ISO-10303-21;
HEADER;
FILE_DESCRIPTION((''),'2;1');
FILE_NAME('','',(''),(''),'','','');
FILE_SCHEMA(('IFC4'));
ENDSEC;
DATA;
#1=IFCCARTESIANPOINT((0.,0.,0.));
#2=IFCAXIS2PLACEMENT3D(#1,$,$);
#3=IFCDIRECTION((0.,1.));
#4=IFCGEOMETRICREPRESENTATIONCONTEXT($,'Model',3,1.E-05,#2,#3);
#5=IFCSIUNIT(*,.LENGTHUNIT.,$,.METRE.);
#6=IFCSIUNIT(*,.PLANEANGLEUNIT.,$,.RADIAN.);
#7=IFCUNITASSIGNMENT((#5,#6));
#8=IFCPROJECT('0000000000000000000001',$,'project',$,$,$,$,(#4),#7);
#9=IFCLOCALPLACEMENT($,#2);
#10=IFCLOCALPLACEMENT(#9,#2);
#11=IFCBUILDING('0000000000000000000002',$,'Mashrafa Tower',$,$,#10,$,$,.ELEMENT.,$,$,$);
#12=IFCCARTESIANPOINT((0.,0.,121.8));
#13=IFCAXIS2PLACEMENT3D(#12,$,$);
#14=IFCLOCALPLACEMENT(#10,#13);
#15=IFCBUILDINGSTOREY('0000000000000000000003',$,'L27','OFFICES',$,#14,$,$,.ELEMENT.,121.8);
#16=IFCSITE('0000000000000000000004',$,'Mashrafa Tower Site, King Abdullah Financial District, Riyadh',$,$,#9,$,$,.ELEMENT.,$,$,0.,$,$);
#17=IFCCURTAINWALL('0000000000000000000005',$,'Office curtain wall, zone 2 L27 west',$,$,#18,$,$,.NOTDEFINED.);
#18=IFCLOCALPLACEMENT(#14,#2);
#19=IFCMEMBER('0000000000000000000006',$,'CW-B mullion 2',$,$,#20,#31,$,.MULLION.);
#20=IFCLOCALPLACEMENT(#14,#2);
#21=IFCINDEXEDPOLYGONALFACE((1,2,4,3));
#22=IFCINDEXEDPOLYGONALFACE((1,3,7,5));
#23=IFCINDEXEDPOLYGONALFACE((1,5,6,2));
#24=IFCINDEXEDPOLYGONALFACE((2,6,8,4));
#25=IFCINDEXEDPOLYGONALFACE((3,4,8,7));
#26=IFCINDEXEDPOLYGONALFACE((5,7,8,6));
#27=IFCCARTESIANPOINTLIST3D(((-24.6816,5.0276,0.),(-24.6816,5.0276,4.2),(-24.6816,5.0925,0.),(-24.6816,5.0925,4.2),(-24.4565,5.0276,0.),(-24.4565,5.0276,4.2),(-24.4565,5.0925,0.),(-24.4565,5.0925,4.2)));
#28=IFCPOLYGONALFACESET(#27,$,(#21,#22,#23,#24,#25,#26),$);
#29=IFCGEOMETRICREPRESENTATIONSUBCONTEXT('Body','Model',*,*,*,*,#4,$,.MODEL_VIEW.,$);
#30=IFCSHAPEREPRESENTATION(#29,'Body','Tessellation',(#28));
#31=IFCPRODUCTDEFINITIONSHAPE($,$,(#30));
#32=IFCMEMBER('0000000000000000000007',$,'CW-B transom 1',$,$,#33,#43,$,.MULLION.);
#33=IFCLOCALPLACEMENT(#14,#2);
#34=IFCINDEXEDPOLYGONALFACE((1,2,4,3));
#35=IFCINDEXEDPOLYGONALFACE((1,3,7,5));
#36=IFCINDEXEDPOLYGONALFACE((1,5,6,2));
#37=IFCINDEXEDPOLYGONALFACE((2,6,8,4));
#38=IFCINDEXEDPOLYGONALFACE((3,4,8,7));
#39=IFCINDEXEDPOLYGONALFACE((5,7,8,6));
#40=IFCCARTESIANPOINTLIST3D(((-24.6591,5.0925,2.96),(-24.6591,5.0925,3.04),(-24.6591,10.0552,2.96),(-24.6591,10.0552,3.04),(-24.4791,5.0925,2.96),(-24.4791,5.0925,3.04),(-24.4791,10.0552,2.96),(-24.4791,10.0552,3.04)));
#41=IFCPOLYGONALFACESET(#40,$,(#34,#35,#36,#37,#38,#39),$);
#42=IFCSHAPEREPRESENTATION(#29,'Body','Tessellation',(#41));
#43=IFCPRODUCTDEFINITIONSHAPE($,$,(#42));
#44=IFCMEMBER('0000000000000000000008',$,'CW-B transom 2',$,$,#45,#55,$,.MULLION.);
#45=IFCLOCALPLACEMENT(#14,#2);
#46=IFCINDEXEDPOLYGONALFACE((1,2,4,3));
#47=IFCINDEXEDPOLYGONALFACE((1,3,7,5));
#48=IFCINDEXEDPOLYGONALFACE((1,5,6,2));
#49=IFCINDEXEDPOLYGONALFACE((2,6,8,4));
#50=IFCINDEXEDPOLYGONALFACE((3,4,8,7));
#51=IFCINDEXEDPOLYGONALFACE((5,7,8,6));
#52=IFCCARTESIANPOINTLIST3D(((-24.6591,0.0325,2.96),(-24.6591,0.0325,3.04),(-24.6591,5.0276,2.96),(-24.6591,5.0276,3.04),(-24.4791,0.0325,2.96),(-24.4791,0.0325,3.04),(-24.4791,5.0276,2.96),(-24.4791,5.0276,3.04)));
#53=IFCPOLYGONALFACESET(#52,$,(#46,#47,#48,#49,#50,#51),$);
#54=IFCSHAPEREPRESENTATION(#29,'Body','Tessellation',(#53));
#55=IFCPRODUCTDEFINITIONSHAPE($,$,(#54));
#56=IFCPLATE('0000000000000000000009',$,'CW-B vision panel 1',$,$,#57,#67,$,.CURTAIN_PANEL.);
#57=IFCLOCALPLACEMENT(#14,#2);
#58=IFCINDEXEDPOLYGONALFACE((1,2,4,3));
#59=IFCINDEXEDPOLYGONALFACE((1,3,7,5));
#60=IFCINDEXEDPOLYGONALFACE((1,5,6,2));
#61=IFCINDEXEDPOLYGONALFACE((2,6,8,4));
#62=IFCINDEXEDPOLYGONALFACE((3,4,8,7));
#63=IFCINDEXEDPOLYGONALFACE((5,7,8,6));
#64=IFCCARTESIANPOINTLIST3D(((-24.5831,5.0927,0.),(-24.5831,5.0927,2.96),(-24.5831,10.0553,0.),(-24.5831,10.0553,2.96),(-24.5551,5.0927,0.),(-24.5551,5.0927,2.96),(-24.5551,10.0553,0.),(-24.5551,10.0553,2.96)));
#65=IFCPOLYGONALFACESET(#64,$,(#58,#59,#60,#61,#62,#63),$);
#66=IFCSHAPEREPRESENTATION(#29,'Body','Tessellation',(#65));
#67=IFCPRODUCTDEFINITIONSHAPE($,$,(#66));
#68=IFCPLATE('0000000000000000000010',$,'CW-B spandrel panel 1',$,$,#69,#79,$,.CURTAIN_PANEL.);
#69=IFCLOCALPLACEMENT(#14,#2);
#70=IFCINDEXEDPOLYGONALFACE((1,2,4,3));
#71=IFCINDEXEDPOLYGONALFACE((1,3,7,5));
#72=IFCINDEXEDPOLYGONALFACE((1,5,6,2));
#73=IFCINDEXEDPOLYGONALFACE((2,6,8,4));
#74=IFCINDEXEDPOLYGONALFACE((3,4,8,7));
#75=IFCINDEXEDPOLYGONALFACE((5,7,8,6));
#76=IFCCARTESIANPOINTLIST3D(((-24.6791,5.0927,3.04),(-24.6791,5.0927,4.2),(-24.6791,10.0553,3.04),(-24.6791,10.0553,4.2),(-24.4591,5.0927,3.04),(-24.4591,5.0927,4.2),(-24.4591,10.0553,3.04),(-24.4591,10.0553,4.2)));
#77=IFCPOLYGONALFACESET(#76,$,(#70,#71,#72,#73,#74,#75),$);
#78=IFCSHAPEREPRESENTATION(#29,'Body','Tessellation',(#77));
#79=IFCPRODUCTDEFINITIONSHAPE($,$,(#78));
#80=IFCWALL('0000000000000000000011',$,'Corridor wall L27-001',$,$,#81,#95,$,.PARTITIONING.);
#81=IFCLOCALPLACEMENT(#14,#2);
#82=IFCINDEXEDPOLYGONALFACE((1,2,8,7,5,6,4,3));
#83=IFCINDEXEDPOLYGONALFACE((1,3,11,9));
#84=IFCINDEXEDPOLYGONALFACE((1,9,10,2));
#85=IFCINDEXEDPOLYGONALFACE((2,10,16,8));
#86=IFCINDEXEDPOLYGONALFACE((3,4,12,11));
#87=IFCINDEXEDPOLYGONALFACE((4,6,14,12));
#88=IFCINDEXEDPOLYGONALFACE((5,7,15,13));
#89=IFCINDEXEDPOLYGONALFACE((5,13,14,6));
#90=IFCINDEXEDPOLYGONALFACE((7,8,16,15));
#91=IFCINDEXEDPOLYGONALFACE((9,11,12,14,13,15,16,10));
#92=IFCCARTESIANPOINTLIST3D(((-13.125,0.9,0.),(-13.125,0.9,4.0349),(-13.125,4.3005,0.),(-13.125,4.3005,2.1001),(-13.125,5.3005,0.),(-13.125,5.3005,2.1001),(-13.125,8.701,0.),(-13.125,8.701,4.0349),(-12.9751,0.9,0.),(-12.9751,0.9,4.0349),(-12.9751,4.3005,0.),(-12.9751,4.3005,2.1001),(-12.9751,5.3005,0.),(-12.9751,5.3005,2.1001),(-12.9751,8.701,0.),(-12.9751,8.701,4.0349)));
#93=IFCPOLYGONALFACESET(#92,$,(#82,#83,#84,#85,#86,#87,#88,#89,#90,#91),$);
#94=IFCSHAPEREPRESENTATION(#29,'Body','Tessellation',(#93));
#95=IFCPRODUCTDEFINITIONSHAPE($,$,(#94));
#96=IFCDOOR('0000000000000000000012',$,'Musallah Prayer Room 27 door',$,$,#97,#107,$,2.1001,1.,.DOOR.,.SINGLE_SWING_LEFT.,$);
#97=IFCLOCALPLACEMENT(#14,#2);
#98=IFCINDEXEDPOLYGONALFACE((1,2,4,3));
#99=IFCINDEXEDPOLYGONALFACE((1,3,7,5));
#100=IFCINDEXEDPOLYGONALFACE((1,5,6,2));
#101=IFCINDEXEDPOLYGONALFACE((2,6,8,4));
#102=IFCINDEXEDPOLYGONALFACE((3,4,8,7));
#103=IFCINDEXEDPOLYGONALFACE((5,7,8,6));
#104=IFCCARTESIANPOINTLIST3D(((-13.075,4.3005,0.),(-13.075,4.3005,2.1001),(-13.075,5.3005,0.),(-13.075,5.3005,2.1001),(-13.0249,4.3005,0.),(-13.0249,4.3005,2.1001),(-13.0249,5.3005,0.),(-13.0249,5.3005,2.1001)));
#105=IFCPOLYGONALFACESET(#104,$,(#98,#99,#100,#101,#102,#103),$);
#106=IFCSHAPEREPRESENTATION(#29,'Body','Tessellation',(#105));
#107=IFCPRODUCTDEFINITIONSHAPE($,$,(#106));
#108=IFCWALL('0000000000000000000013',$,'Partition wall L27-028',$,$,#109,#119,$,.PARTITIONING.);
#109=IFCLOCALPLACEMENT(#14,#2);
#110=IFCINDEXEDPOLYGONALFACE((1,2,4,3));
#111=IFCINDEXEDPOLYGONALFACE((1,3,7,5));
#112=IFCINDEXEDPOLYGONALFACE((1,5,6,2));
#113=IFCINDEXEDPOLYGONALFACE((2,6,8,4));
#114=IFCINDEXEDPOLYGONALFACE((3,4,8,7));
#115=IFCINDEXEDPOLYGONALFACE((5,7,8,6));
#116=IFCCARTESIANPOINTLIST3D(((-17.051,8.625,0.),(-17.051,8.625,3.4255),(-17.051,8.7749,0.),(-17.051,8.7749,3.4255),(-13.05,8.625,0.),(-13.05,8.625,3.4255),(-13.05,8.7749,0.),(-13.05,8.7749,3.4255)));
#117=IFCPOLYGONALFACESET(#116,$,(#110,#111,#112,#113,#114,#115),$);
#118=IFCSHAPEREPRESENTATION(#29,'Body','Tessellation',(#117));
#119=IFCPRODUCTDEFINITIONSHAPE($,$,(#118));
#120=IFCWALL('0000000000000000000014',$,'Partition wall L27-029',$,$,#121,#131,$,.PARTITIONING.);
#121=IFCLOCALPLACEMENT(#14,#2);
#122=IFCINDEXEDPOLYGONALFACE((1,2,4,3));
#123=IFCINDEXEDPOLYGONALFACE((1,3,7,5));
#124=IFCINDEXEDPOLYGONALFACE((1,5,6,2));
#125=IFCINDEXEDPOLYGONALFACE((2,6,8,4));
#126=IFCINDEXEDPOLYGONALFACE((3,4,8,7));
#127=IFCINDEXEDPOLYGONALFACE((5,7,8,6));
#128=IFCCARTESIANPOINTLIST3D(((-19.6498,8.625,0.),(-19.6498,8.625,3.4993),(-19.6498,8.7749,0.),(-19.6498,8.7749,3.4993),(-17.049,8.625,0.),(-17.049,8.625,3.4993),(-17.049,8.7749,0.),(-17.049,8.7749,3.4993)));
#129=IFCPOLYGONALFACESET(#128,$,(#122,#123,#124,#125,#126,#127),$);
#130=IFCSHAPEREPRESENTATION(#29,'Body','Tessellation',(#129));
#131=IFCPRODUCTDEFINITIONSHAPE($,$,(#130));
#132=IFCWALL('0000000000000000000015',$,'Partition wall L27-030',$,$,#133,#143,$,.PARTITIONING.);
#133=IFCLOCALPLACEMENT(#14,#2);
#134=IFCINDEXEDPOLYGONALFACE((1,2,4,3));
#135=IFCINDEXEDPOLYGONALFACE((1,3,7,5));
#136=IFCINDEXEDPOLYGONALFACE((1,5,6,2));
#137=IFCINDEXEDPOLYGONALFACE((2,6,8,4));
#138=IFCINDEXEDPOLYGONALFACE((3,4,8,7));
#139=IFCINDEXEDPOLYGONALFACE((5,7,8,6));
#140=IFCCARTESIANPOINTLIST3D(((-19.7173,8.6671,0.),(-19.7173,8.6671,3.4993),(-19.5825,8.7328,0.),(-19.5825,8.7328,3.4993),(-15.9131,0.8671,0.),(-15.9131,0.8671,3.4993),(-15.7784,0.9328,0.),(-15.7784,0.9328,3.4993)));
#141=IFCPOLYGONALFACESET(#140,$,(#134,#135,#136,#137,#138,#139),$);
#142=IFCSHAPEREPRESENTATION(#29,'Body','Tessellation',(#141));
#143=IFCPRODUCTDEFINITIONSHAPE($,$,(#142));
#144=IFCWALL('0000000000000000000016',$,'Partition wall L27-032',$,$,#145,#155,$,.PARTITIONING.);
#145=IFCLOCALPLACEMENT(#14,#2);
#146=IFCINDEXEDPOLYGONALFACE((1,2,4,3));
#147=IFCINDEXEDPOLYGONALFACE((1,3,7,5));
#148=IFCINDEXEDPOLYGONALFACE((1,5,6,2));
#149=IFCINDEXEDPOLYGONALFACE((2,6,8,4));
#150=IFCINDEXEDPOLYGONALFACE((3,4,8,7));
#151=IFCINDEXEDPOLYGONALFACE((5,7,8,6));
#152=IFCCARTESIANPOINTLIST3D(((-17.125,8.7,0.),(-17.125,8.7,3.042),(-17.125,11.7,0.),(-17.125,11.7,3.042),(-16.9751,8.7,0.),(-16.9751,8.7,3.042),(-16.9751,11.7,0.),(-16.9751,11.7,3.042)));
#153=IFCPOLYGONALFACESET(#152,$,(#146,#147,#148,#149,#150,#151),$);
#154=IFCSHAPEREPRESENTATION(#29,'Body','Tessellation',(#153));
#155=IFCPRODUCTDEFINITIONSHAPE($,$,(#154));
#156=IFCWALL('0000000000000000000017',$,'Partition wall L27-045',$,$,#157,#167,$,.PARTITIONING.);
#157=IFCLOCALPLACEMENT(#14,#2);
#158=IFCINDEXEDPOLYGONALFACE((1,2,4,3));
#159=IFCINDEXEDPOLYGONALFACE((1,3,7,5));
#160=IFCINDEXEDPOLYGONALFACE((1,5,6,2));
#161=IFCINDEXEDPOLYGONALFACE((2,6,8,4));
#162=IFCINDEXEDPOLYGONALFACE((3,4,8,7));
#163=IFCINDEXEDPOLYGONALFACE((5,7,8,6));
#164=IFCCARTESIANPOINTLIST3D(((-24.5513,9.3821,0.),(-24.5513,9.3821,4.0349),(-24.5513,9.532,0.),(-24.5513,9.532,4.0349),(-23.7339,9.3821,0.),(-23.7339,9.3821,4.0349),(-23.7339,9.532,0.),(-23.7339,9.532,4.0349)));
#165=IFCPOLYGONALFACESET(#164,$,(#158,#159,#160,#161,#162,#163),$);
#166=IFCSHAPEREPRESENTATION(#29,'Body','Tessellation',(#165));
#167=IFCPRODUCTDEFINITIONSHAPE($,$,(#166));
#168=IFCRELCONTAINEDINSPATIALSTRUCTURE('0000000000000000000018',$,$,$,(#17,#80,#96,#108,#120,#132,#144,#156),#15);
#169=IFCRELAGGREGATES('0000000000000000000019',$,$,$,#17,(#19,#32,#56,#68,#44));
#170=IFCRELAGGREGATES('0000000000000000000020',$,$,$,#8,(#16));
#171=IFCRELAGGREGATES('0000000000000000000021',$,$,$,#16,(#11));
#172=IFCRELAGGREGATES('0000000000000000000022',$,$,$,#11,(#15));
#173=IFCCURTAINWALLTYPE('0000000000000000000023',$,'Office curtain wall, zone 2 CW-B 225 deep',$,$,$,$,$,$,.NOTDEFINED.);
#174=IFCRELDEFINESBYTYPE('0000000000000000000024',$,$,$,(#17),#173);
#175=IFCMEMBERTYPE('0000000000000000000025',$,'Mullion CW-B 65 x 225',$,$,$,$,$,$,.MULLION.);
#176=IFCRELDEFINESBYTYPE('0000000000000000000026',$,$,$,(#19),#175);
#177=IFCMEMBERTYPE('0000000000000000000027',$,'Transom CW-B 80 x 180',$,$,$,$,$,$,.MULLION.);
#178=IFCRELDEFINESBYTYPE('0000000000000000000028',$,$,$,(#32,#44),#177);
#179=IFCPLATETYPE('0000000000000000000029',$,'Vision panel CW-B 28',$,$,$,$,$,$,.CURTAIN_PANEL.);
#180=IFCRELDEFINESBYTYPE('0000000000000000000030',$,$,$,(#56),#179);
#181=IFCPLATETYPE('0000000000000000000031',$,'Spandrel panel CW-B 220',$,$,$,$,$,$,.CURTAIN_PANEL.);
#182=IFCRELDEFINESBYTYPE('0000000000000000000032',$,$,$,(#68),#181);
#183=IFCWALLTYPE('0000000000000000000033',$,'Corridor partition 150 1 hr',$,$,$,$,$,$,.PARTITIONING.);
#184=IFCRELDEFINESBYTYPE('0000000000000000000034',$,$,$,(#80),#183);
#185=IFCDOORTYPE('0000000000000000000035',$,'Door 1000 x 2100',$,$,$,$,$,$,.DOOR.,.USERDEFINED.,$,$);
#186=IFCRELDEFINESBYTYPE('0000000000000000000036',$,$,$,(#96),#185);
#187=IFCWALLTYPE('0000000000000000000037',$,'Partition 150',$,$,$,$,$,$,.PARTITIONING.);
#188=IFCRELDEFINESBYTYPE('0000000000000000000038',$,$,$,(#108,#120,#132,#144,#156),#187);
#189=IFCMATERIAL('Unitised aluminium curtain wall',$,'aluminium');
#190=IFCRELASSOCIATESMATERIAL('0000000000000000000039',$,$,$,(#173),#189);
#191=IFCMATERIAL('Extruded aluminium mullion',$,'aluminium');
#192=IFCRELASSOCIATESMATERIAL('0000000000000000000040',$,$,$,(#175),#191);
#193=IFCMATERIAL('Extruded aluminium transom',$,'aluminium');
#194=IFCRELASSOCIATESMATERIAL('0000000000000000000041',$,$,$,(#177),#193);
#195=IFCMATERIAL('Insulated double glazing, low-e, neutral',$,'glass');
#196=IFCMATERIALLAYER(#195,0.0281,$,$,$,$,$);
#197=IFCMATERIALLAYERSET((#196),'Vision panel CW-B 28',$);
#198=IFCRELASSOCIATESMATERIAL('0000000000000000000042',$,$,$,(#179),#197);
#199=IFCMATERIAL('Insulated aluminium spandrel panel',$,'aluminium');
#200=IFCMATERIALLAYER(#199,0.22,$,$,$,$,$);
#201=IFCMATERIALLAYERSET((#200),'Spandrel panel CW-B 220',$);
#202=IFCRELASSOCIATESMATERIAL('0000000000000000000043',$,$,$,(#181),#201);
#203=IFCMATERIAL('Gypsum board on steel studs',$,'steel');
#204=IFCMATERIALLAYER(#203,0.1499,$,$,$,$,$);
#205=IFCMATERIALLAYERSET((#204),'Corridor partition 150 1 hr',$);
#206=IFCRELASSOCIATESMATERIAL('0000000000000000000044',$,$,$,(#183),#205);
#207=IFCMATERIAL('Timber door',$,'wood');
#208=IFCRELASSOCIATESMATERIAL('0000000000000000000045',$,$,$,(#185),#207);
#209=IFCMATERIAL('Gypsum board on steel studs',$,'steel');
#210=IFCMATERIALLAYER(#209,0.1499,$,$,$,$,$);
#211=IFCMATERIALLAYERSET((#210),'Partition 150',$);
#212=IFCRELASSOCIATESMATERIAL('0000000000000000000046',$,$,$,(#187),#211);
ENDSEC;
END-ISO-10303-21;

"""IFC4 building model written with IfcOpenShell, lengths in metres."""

from ifc_helpers import new_model, si_unit, direction, frame, frame_2d, origin, origin_2d, place, context, subcontext, project, spatial, rectangle, extrude, source, transform, mapped, material, layer, layer_set, material_profile, profile_set, type_object, type_shapes, element, fill, aggregate, save


model = new_model("IFC4")

# Units and contexts
model_context = context("Model", 3, precision=1e-05, world=origin(), true_north=direction((0.0, 1.0)))
body_context = subcontext(model_context, "Body", "Model", "MODEL_VIEW")
ifc_project = project(units=[si_unit("LENGTHUNIT", "METRE"), si_unit("PLANEANGLEUNIT", "RADIAN")], contexts=[model_context])

# Site, building, storey
site_placement = place(None, origin())
site = spatial("IfcSite", under=ifc_project, at=site_placement, Name="Mashrafa Tower Site, King Abdullah Financial District, Riyadh", CompositionType="ELEMENT", RefElevation=0.0)
building_placement = place(site_placement, origin())
building = spatial("IfcBuilding", under=site, at=building_placement, Name="Mashrafa Tower", CompositionType="ELEMENT")
storey_placement = place(building_placement, frame((0.0, 0.0, 121.8)))
storey = spatial("IfcBuildingStorey", under=building, at=storey_placement, Name="L27", Description="OFFICES", CompositionType="ELEMENT", Elevation=121.8)

# Shared definitions
ifc_material_1 = material(Name="Unitised aluminium curtain wall", Category="aluminium")
curtain_wall_type = type_object("IfcCurtainWallType", Name="Office curtain wall, zone 2 CW-B 225 deep", PredefinedType="NOTDEFINED", material=ifc_material_1)
ifc_material_2 = material(Name="Extruded aluminium mullion", Category="aluminium")
ifc_material_profile_1 = material_profile(ifc_material_2, rectangle(XDim=0.2251, YDim=0.0649, at=origin_2d()), Name="Mullion 65x225")
ifc_profile_set_1 = profile_set([ifc_material_profile_1], Name="Extruded aluminium mullion")
member_type_1 = type_object("IfcMemberType", Name="Mullion CW-B 65 x 225", PredefinedType="MULLION", material=ifc_profile_set_1)
shared_shape_1 = source(origin(), body_context, "Body", "SweptSolid", [
    extrude(rectangle(XDim=0.2251, YDim=0.0649, at=origin_2d()), origin(), (0.0, 0.0, 1.0), 4.2),
])
type_shapes(member_type_1, [shared_shape_1])

# Curtain wall, members, plates
curtain_wall_1_placement = place(storey_placement, origin())
curtain_wall_1 = element("IfcCurtainWall", 1, at=curtain_wall_1_placement, inside=storey, type_object=curtain_wall_type, Name="Office curtain wall, zone 2 L27 west", PredefinedType="NOTDEFINED")
member_1_placement = place(storey_placement, frame((-24.5691, 5.0601, 0.0), z_axis=(0.0, 0.0, 1.0), x_axis=(1.0, 0.0, 0.0)))
member_1 = element("IfcMember", 2, at=member_1_placement, type_object=member_type_1, Name="CW-B mullion 2", PredefinedType="MULLION", context=body_context, shape_type="MappedRepresentation", body=[
    mapped(shared_shape_1, transform((0.0, 0.0, 0.0))),
])
ifc_material_3 = material(Name="Extruded aluminium transom", Category="aluminium")
ifc_material_profile_2 = material_profile(ifc_material_3, rectangle(XDim=0.1799, YDim=0.0801, at=origin_2d()), Name="Transom 80x180")
ifc_profile_set_2 = profile_set([ifc_material_profile_2], Name="Extruded aluminium transom")
member_type_2 = type_object("IfcMemberType", Name="Transom CW-B 80 x 180", PredefinedType="MULLION", material=ifc_profile_set_2)
shared_shape_2 = source(origin(), body_context, "Body", "SweptSolid", [
    extrude(rectangle(XDim=0.1799, YDim=0.0801, at=origin_2d()), origin(), (0.0, 0.0, 1.0), 4.9626),
])
member_2_placement = place(storey_placement, frame((-24.5691, 10.0552, 3.0), z_axis=(0.0, -1.0, 0.0), x_axis=(1.0, 0.0, 0.0)))
member_2 = element("IfcMember", 3, at=member_2_placement, type_object=member_type_2, Name="CW-B transom 1", PredefinedType="MULLION", context=body_context, shape_type="MappedRepresentation", body=[
    mapped(shared_shape_2, transform((0.0, 0.0, 0.0))),
])
shared_shape_3 = source(origin(), body_context, "Body", "SweptSolid", [
    extrude(rectangle(XDim=0.1799, YDim=0.0801, at=origin_2d()), origin(), (0.0, 0.0, 1.0), 4.9951),
])
type_shapes(member_type_2, [shared_shape_2, shared_shape_3])
member_3_placement = place(storey_placement, frame((-24.5691, 5.0276, 3.0), z_axis=(0.0, -1.0, 0.0), x_axis=(1.0, 0.0, 0.0)))
member_3 = element("IfcMember", 4, at=member_3_placement, type_object=member_type_2, Name="CW-B transom 2", PredefinedType="MULLION", context=body_context, shape_type="MappedRepresentation", body=[
    mapped(shared_shape_3, transform((0.0, 0.0, 0.0))),
])
ifc_material_4 = material(Name="Insulated double glazing, low-e, neutral", Category="glass")
ifc_layer_1 = layer(ifc_material_4, 0.0281)
ifc_layer_set_1 = layer_set([ifc_layer_1], Name="Vision panel CW-B 28")
plate_type_1 = type_object("IfcPlateType", Name="Vision panel CW-B 28", PredefinedType="CURTAIN_PANEL", material=ifc_layer_set_1)
shared_shape_4 = source(origin(), body_context, "Body", "SweptSolid", [
    extrude(rectangle(XDim=4.9626, YDim=0.0281, at=origin_2d()), origin(), (0.0, 0.0, 1.0), 2.96),
])
type_shapes(plate_type_1, [shared_shape_4])
plate_1_placement = place(storey_placement, frame((-24.5691, 7.574, 0.0), z_axis=(0.0, 0.0, 1.0), x_axis=(0.0, -1.0, 0.0)))
plate_1 = element("IfcPlate", 5, at=plate_1_placement, type_object=plate_type_1, Name="CW-B vision panel 1", PredefinedType="CURTAIN_PANEL", context=body_context, shape_type="MappedRepresentation", body=[
    mapped(shared_shape_4, transform((0.0, 0.0, 0.0))),
])
ifc_material_5 = material(Name="Insulated aluminium spandrel panel", Category="aluminium")
ifc_layer_2 = layer(ifc_material_5, 0.22)
ifc_layer_set_2 = layer_set([ifc_layer_2], Name="Spandrel panel CW-B 220")
plate_type_2 = type_object("IfcPlateType", Name="Spandrel panel CW-B 220", PredefinedType="CURTAIN_PANEL", material=ifc_layer_set_2)
shared_shape_5 = source(origin(), body_context, "Body", "SweptSolid", [
    extrude(rectangle(XDim=4.9626, YDim=0.22, at=origin_2d()), origin(), (0.0, 0.0, 1.0), 1.1599),
])
type_shapes(plate_type_2, [shared_shape_5])
plate_2_placement = place(storey_placement, frame((-24.5691, 7.574, 3.04), z_axis=(0.0, 0.0, 1.0), x_axis=(0.0, -1.0, 0.0)))
plate_2 = element("IfcPlate", 6, at=plate_2_placement, type_object=plate_type_2, Name="CW-B spandrel panel 1", PredefinedType="CURTAIN_PANEL", context=body_context, shape_type="MappedRepresentation", body=[
    mapped(shared_shape_5, transform((0.0, 0.0, 0.0))),
])
aggregate(curtain_wall_1, [member_1, member_2, plate_1, plate_2, member_3])

# Wall, opening, door
ifc_material_6 = material(Name="Gypsum board on steel studs", Category="steel")
ifc_layer_3 = layer(ifc_material_6, 0.1499)
ifc_layer_set_3 = layer_set([ifc_layer_3], Name="Corridor partition 150 1 hr")
wall_type_1 = type_object("IfcWallType", Name="Corridor partition 150 1 hr", PredefinedType="PARTITIONING", material=ifc_layer_set_3)
wall_1_placement = place(storey_placement, frame((-13.05, 8.7009, 0.0), z_axis=(0.0, 0.0, 1.0), x_axis=(0.0, -1.0, 0.0)))
wall_1 = element("IfcWall", 7, at=wall_1_placement, inside=storey, type_object=wall_type_1, Name="Corridor wall L27-001", PredefinedType="PARTITIONING", context=body_context, shape_type="SweptSolid", body=[
    extrude(rectangle(XDim=7.801, YDim=0.1499, at=frame_2d((3.9004, 0.0))), origin(), (0.0, 0.0, 1.0), 4.0349),
])
opening_1_placement = place(wall_1_placement, frame((3.4004, 0.0, 0.0)))
opening_1 = element("IfcOpeningElement", 8, at=opening_1_placement, cuts=wall_1, PredefinedType="OPENING", context=body_context, shape_type="SweptSolid", body=[
    extrude(rectangle(XDim=1.0, YDim=2.1001, at=frame_2d((0.5, 1.05))), frame((0.0, 0.085, 0.0), z_axis=(0.0, -1.0, 0.0), x_axis=(1.0, 0.0, 0.0)), (0.0, 0.0, 1.0), 0.1699),
])
ifc_material_7 = material(Name="Timber door", Category="wood")
door_type = type_object("IfcDoorType", Name="Door 1000 x 2100", OperationType="USERDEFINED", PredefinedType="DOOR", material=ifc_material_7)
door_1_placement = place(opening_1_placement, frame((1.0, 0.0, 0.0), z_axis=(0.0, 0.0, 1.0), x_axis=(-1.0, 0.0, 0.0)))
door_1 = element("IfcDoor", 9, at=door_1_placement, inside=storey, type_object=door_type, Name="Musallah Prayer Room 27 door", OperationType="SINGLE_SWING_LEFT", OverallHeight=2.1001, OverallWidth=1.0, PredefinedType="DOOR", context=body_context, shape_type="SweptSolid", body=[
    extrude(rectangle(XDim=1.0, YDim=2.1001, at=frame_2d((0.5, 1.05))), frame((0.0, 0.0249, 0.0), z_axis=(0.0, -1.0, 0.0), x_axis=(1.0, 0.0, 0.0)), (0.0, 0.0, 1.0), 0.05),
])
fill(opening_1, door_1)

# Walls
ifc_material_8 = material(Name="Gypsum board on steel studs", Category="steel")
ifc_layer_4 = layer(ifc_material_8, 0.1499)
ifc_layer_set_4 = layer_set([ifc_layer_4], Name="Partition 150")
wall_type_2 = type_object("IfcWallType", Name="Partition 150", PredefinedType="PARTITIONING", material=ifc_layer_set_4)
wall_2_placement = place(storey_placement, frame((-13.05, 8.7, 0.0), z_axis=(0.0, 0.0, 1.0), x_axis=(-1.0, 0.0, 0.0)))
element("IfcWall", 10, at=wall_2_placement, inside=storey, type_object=wall_type_2, Name="Partition wall L27-028", PredefinedType="PARTITIONING", context=body_context, shape_type="SweptSolid", body=[
    extrude(rectangle(XDim=4.001, YDim=0.1499, at=frame_2d((2.0005, 0.0))), origin(), (0.0, 0.0, 1.0), 3.4255),
])
wall_3_placement = place(storey_placement, frame((-17.0491, 8.7, 0.0), z_axis=(0.0, 0.0, 1.0), x_axis=(-1.0, 0.0, 0.0)))
element("IfcWall", 11, at=wall_3_placement, inside=storey, type_object=wall_type_2, Name="Partition wall L27-029", PredefinedType="PARTITIONING", context=body_context, shape_type="SweptSolid", body=[
    extrude(rectangle(XDim=2.6008, YDim=0.1499, at=frame_2d((1.3003, 0.0))), origin(), (0.0, 0.0, 1.0), 3.4993),
])
wall_4_placement = place(storey_placement, frame((-19.6499, 8.7, 0.0), z_axis=(0.0, 0.0, 1.0), x_axis=(0.438358, -0.8988, 0.0)))
element("IfcWall", 12, at=wall_4_placement, inside=storey, type_object=wall_type_2, Name="Partition wall L27-030", PredefinedType="PARTITIONING", context=body_context, shape_type="SweptSolid", body=[
    extrude(rectangle(XDim=8.6782, YDim=0.1499, at=frame_2d((4.3391, 0.0))), origin(), (0.0, 0.0, 1.0), 3.4993),
])
wall_5_placement = place(storey_placement, frame((-17.05, 11.7, 0.0), z_axis=(0.0, 0.0, 1.0), x_axis=(0.0, -1.0, 0.0)))
element("IfcWall", 13, at=wall_5_placement, inside=storey, type_object=wall_type_2, Name="Partition wall L27-032", PredefinedType="PARTITIONING", context=body_context, shape_type="SweptSolid", body=[
    extrude(rectangle(XDim=3.0, YDim=0.1499, at=frame_2d((1.5, 0.0))), origin(), (0.0, 0.0, 1.0), 3.042),
])
wall_6_placement = place(storey_placement, frame((-24.5513, 9.457, 0.0), z_axis=(0.0, 0.0, 1.0), x_axis=(1.0, 0.0, 0.0)))
element("IfcWall", 14, at=wall_6_placement, inside=storey, type_object=wall_type_2, Name="Partition wall L27-045", PredefinedType="PARTITIONING", context=body_context, shape_type="SweptSolid", body=[
    extrude(rectangle(XDim=0.8174, YDim=0.1499, at=frame_2d((0.4087, 0.0))), origin(), (0.0, 0.0, 1.0), 4.0349),
])

save(model, "model.ifc")
